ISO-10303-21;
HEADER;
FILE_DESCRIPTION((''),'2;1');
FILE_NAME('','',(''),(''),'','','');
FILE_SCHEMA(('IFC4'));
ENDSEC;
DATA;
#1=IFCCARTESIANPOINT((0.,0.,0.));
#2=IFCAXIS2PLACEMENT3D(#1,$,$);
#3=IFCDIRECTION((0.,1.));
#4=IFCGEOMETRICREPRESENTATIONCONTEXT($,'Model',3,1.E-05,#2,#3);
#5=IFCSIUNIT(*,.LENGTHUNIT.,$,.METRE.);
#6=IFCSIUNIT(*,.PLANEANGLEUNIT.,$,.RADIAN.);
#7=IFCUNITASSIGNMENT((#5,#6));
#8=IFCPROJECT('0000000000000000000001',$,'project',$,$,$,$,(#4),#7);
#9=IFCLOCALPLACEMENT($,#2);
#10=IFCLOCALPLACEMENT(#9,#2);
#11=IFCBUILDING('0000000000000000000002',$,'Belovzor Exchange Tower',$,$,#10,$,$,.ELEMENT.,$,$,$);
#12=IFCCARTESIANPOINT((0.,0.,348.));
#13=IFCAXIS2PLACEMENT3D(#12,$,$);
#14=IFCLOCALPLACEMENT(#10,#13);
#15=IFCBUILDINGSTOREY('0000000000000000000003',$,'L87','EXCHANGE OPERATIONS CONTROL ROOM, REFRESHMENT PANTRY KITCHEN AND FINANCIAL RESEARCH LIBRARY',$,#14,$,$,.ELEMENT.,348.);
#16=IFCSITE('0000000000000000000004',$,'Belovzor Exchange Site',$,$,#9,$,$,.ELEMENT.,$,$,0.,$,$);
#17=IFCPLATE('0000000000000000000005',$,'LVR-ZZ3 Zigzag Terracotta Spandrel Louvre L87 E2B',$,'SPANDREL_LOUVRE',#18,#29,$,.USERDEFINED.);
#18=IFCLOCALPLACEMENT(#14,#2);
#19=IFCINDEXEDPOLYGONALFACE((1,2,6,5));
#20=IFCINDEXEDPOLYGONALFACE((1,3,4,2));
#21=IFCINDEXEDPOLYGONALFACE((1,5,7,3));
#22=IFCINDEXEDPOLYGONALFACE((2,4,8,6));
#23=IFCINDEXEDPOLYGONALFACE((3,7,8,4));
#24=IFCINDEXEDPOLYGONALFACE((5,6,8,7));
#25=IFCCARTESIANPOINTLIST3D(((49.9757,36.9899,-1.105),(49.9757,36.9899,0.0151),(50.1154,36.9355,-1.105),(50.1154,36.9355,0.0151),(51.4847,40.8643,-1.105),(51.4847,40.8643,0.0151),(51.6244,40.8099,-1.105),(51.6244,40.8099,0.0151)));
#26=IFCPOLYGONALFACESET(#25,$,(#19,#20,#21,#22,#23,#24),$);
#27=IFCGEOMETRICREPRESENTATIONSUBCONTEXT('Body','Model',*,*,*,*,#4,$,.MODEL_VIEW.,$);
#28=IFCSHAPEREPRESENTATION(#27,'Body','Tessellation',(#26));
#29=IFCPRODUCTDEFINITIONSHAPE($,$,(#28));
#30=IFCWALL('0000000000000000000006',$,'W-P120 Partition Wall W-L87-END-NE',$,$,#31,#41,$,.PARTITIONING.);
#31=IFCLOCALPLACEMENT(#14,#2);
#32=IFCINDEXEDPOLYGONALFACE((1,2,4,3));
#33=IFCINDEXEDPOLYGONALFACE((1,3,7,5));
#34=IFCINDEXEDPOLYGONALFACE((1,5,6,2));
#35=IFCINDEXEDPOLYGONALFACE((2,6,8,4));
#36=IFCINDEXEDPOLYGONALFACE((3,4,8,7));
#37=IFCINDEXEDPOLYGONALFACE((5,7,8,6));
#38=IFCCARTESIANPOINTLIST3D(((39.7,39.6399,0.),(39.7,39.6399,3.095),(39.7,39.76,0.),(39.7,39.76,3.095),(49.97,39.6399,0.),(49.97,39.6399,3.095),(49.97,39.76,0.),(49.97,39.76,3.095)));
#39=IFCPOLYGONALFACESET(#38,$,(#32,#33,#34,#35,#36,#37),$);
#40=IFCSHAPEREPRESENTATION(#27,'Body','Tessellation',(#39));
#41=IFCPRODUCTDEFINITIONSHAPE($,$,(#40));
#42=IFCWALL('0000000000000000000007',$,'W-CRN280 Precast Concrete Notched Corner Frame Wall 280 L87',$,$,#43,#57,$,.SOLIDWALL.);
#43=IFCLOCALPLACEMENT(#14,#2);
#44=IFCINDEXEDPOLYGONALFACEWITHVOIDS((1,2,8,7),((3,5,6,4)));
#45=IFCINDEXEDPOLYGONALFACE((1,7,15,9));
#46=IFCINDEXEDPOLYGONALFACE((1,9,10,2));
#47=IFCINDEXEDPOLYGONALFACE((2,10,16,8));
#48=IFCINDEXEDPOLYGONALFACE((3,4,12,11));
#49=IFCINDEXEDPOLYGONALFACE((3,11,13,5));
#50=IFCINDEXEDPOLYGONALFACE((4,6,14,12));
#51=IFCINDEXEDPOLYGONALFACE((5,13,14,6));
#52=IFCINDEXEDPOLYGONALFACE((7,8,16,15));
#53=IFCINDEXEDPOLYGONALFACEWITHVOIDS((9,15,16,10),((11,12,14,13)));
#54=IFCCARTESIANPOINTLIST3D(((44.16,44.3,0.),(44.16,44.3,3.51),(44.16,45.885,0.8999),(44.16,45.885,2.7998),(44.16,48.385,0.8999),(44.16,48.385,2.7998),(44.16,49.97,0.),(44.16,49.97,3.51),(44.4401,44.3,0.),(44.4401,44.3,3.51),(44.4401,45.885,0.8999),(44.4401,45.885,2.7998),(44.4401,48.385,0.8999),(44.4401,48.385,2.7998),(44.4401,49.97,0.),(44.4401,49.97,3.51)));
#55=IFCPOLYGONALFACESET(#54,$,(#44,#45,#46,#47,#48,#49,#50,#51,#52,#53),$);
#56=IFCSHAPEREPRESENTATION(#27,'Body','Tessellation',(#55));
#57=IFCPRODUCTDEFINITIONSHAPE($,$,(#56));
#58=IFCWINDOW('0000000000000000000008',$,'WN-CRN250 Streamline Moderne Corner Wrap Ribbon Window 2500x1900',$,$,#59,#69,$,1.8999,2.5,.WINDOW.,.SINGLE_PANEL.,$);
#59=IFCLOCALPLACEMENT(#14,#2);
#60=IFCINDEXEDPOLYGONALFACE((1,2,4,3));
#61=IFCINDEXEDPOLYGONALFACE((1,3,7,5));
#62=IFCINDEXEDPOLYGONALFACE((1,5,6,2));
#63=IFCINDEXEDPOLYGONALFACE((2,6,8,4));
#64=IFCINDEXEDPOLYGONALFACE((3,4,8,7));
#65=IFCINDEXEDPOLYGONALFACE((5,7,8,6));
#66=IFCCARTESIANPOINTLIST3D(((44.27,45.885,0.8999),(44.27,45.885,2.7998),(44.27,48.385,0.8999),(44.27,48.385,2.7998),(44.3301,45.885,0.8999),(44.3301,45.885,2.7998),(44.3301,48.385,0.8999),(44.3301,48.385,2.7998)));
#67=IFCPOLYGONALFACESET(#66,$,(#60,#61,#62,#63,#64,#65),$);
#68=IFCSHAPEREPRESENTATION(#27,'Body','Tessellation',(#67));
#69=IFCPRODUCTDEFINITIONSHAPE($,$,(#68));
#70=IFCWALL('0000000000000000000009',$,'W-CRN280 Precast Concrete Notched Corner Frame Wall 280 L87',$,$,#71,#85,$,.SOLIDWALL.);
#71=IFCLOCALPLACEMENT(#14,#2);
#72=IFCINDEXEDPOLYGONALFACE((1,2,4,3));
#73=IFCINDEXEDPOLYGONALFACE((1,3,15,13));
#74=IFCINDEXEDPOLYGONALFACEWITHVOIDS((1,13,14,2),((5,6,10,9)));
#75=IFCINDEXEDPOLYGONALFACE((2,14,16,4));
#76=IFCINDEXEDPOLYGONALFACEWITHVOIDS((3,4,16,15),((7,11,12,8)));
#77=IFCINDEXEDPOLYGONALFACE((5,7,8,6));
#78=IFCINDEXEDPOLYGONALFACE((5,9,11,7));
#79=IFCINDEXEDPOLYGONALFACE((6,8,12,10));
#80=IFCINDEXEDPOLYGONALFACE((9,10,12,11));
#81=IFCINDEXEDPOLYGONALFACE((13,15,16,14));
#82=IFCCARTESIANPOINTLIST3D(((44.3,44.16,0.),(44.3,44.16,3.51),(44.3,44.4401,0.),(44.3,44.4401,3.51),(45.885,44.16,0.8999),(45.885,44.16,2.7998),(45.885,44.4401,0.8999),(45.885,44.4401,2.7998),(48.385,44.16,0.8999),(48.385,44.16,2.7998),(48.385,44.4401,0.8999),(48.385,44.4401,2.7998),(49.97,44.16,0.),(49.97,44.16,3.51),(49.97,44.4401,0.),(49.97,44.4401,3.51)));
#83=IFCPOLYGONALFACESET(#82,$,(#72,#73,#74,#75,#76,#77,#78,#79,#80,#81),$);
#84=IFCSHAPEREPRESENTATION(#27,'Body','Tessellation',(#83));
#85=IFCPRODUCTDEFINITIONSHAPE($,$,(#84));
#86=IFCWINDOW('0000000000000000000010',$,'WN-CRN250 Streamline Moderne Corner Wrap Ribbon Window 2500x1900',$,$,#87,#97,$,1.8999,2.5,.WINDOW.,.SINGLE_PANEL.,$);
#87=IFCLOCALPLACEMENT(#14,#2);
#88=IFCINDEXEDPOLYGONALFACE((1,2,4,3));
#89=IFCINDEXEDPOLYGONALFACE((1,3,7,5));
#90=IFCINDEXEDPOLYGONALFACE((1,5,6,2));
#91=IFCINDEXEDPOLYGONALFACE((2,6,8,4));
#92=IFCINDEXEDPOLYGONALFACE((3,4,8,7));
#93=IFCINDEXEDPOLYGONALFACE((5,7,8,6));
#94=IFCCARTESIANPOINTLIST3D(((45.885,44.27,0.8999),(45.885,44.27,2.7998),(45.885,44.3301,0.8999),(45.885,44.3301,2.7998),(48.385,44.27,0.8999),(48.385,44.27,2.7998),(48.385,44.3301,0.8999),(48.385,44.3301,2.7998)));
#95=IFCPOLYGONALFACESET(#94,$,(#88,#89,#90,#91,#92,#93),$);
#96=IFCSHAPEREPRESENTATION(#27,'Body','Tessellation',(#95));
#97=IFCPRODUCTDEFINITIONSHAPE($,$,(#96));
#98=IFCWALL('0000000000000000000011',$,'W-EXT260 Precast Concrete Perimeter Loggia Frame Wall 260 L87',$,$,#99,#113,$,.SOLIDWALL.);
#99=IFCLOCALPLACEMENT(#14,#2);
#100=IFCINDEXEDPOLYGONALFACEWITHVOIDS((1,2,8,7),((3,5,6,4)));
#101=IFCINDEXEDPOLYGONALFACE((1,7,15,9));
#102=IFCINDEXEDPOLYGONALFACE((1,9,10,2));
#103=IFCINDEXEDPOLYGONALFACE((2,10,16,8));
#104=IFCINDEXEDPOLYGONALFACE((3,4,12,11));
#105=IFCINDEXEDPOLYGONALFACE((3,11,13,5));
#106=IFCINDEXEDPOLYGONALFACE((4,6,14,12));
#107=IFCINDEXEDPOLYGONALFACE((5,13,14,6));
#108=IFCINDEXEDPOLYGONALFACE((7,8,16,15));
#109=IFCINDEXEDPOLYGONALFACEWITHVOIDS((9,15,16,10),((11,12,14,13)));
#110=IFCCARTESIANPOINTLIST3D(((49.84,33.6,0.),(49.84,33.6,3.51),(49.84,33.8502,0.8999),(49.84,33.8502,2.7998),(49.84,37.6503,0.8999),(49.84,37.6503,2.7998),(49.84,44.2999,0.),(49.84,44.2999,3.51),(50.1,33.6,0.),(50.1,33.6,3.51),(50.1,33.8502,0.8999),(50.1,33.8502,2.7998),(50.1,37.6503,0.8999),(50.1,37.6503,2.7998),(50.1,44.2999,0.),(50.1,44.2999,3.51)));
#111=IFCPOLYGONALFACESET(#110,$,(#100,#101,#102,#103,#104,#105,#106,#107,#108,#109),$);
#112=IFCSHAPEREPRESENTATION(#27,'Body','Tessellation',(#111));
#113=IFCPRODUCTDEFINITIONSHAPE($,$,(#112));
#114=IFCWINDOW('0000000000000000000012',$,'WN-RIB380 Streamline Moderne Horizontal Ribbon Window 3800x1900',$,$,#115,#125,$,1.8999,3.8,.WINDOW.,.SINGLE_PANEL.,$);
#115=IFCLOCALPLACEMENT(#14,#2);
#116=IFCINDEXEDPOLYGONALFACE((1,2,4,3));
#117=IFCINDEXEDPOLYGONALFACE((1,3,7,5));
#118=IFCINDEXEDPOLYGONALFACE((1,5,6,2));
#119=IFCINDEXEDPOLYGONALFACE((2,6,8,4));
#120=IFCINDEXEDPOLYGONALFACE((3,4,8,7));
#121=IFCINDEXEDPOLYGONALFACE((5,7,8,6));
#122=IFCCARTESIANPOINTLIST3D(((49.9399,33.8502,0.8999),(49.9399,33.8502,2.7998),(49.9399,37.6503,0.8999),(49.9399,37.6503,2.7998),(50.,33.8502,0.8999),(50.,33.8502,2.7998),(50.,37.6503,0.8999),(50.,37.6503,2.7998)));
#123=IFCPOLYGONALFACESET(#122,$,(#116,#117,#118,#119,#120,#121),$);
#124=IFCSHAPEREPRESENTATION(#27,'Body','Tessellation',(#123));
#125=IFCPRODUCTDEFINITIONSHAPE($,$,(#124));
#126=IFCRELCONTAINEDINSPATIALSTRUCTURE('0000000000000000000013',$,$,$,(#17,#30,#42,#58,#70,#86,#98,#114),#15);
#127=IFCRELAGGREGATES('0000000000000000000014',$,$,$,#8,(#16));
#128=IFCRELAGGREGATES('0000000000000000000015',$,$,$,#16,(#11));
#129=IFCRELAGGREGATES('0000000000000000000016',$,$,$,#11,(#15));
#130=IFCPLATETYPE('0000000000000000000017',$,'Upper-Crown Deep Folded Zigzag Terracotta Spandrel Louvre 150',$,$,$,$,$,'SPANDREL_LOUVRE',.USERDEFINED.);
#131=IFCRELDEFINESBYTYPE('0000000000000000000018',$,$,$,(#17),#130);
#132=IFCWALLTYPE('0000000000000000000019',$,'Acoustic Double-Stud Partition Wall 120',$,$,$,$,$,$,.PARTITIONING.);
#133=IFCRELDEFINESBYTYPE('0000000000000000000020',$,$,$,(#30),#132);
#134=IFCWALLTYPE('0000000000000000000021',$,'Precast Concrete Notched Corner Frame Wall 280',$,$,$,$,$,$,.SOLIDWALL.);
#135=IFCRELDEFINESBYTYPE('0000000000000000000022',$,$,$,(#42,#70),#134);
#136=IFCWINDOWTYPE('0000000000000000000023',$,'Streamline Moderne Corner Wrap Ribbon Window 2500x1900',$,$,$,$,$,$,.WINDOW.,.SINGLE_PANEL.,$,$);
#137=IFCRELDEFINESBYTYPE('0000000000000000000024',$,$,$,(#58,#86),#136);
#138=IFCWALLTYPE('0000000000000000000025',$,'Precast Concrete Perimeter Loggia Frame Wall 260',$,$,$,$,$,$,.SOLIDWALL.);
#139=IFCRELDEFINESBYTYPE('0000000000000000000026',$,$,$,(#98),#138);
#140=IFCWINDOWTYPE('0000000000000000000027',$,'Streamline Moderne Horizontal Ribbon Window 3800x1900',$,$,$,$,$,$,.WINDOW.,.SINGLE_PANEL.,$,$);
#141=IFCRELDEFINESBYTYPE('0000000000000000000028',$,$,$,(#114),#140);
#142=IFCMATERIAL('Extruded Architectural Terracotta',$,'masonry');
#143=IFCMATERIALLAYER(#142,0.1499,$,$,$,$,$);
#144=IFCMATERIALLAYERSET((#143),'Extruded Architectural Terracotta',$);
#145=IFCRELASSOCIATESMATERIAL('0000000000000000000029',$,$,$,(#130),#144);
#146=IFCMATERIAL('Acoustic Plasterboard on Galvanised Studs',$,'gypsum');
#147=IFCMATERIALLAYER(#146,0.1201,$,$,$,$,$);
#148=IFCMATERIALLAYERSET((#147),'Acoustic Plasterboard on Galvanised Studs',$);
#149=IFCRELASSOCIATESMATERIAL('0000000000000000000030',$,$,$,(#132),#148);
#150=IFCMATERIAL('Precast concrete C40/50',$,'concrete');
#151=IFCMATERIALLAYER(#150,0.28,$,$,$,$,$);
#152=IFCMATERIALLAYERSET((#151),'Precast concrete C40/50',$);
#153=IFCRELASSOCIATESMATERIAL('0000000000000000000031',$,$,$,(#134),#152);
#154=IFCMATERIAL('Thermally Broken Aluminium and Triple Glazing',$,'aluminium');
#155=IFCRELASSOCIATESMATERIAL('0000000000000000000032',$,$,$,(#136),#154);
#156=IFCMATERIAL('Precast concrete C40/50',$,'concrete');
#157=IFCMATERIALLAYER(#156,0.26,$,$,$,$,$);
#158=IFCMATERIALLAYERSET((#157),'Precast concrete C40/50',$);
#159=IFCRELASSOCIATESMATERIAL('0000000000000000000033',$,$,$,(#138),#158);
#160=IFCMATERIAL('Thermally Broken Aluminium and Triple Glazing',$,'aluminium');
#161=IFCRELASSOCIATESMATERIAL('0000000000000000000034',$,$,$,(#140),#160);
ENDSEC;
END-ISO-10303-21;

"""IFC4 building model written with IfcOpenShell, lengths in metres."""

from ifc_helpers import new_model, si_unit, direction, frame, frame_2d, origin, origin_2d, place, context, subcontext, project, spatial, rectangle, extrude, material, layer, layer_set, type_object, element, fill, save


model = new_model("IFC4")

# Units and contexts
model_context = context("Model", 3, precision=1e-05, world=origin(), true_north=direction((0.0, 1.0)))
body_context = subcontext(model_context, "Body", "Model", "MODEL_VIEW")
ifc_project = project(units=[si_unit("LENGTHUNIT", "METRE"), si_unit("PLANEANGLEUNIT", "RADIAN")], contexts=[model_context])

# Site, building, storey
site_placement = place(None, origin())
site = spatial("IfcSite", under=ifc_project, at=site_placement, Name="Belovzor Exchange Site", CompositionType="ELEMENT", RefElevation=0.0)
building_placement = place(site_placement, origin())
building = spatial("IfcBuilding", under=site, at=building_placement, Name="Belovzor Exchange Tower", CompositionType="ELEMENT")
storey_placement = place(building_placement, frame((0.0, 0.0, 348.0)))
storey = spatial("IfcBuildingStorey", under=building, at=storey_placement, Name="L87", Description="EXCHANGE OPERATIONS CONTROL ROOM, REFRESHMENT PANTRY KITCHEN AND FINANCIAL RESEARCH LIBRARY", CompositionType="ELEMENT", Elevation=348.0)

# Plate
ifc_material_1 = material(Name="Extruded Architectural Terracotta", Category="masonry")
ifc_layer_1 = layer(ifc_material_1, 0.1499)
ifc_layer_set_1 = layer_set([ifc_layer_1], Name="Extruded Architectural Terracotta")
plate_type = type_object("IfcPlateType", Name="Upper-Crown Deep Folded Zigzag Terracotta Spandrel Louvre 150", ElementType="SPANDREL_LOUVRE", PredefinedType="USERDEFINED", material=ifc_layer_set_1)
plate_placement = place(storey_placement, frame((50.8, 38.8999, -1.105), z_axis=(0.0, 0.0, 1.0), x_axis=(0.362926, 0.931818, 0.0)))
element("IfcPlate", 1, at=plate_placement, inside=storey, type_object=plate_type, Name="LVR-ZZ3 Zigzag Terracotta Spandrel Louvre L87 E2B", ObjectType="SPANDREL_LOUVRE", PredefinedType="USERDEFINED", context=body_context, shape_type="SweptSolid", body=[
    extrude(rectangle(XDim=4.158, YDim=0.1499, at=origin_2d()), origin(), (0.0, 0.0, 1.0), 1.1201),
])

# Wall
ifc_material_2 = material(Name="Acoustic Plasterboard on Galvanised Studs", Category="gypsum")
ifc_layer_2 = layer(ifc_material_2, 0.1201)
ifc_layer_set_2 = layer_set([ifc_layer_2], Name="Acoustic Plasterboard on Galvanised Studs")
wall_type_1 = type_object("IfcWallType", Name="Acoustic Double-Stud Partition Wall 120", PredefinedType="PARTITIONING", material=ifc_layer_set_2)
wall_1_placement = place(storey_placement, frame((39.7, 39.7, 0.0), z_axis=(0.0, 0.0, 1.0), x_axis=(1.0, 0.0, 0.0)))
element("IfcWall", 2, at=wall_1_placement, inside=storey, type_object=wall_type_1, Name="W-P120 Partition Wall W-L87-END-NE", PredefinedType="PARTITIONING", context=body_context, shape_type="SweptSolid", body=[
    extrude(rectangle(XDim=10.27, YDim=0.1201, at=frame_2d((5.135, 0.0))), origin(), (0.0, 0.0, 1.0), 3.095),
])

# Walls, openings, windows
ifc_material_3 = material(Name="Precast concrete C40/50", Category="concrete")
ifc_layer_3 = layer(ifc_material_3, 0.28)
ifc_layer_set_3 = layer_set([ifc_layer_3], Name="Precast concrete C40/50")
wall_type_2 = type_object("IfcWallType", Name="Precast Concrete Notched Corner Frame Wall 280", PredefinedType="SOLIDWALL", material=ifc_layer_set_3)
wall_2_placement = place(storey_placement, frame((44.3, 49.97, 0.0), z_axis=(0.0, 0.0, 1.0), x_axis=(0.0, -1.0, 0.0)))
wall_2 = element("IfcWall", 3, at=wall_2_placement, inside=storey, type_object=wall_type_2, Name="W-CRN280 Precast Concrete Notched Corner Frame Wall 280 L87", PredefinedType="SOLIDWALL", context=body_context, shape_type="SweptSolid", body=[
    extrude(rectangle(XDim=5.6699, YDim=0.28, at=frame_2d((2.835, 0.0))), origin(), (0.0, 0.0, 1.0), 3.51),
])
opening_1_placement = place(wall_2_placement, frame((1.585, 0.0, 0.8999)))
opening_1 = element("IfcOpeningElement", 4, at=opening_1_placement, cuts=wall_2, PredefinedType="OPENING", context=body_context, shape_type="SweptSolid", body=[
    extrude(rectangle(XDim=2.5, YDim=1.8999, at=frame_2d((1.25, 0.95))), frame((0.0, 0.1499, 0.0), z_axis=(0.0, -1.0, 0.0), x_axis=(1.0, 0.0, 0.0)), (0.0, 0.0, 1.0), 0.3),
])
ifc_material_4 = material(Name="Thermally Broken Aluminium and Triple Glazing", Category="aluminium")
window_type_1 = type_object("IfcWindowType", Name="Streamline Moderne Corner Wrap Ribbon Window 2500x1900", PartitioningType="SINGLE_PANEL", PredefinedType="WINDOW", material=ifc_material_4)
window_1_placement = place(opening_1_placement, origin())
window_1 = element("IfcWindow", 5, at=window_1_placement, inside=storey, type_object=window_type_1, Name="WN-CRN250 Streamline Moderne Corner Wrap Ribbon Window 2500x1900", OverallHeight=1.8999, OverallWidth=2.5, PartitioningType="SINGLE_PANEL", PredefinedType="WINDOW", context=body_context, shape_type="SweptSolid", body=[
    extrude(rectangle(XDim=2.5, YDim=1.8999, at=frame_2d((1.25, 0.95))), frame((0.0, 0.03, 0.0), z_axis=(0.0, -1.0, 0.0), x_axis=(1.0, 0.0, 0.0)), (0.0, 0.0, 1.0), 0.0601),
])
fill(opening_1, window_1)
wall_3_placement = place(storey_placement, frame((44.3, 44.3, 0.0), z_axis=(0.0, 0.0, 1.0), x_axis=(1.0, 0.0, 0.0)))
wall_3 = element("IfcWall", 6, at=wall_3_placement, inside=storey, type_object=wall_type_2, Name="W-CRN280 Precast Concrete Notched Corner Frame Wall 280 L87", PredefinedType="SOLIDWALL", context=body_context, shape_type="SweptSolid", body=[
    extrude(rectangle(XDim=5.6699, YDim=0.28, at=frame_2d((2.835, 0.0))), origin(), (0.0, 0.0, 1.0), 3.51),
])
opening_2_placement = place(wall_3_placement, frame((1.585, 0.0, 0.8999)))
opening_2 = element("IfcOpeningElement", 7, at=opening_2_placement, cuts=wall_3, PredefinedType="OPENING", context=body_context, shape_type="SweptSolid", body=[
    extrude(rectangle(XDim=2.5, YDim=1.8999, at=frame_2d((1.25, 0.95))), frame((0.0, 0.1499, 0.0), z_axis=(0.0, -1.0, 0.0), x_axis=(1.0, 0.0, 0.0)), (0.0, 0.0, 1.0), 0.3),
])
window_2_placement = place(opening_2_placement, origin())
window_2 = element("IfcWindow", 8, at=window_2_placement, inside=storey, type_object=window_type_1, Name="WN-CRN250 Streamline Moderne Corner Wrap Ribbon Window 2500x1900", OverallHeight=1.8999, OverallWidth=2.5, PartitioningType="SINGLE_PANEL", PredefinedType="WINDOW", context=body_context, shape_type="SweptSolid", body=[
    extrude(rectangle(XDim=2.5, YDim=1.8999, at=frame_2d((1.25, 0.95))), frame((0.0, 0.03, 0.0), z_axis=(0.0, -1.0, 0.0), x_axis=(1.0, 0.0, 0.0)), (0.0, 0.0, 1.0), 0.0601),
])
fill(opening_2, window_2)
ifc_material_5 = material(Name="Precast concrete C40/50", Category="concrete")
ifc_layer_4 = layer(ifc_material_5, 0.26)
ifc_layer_set_4 = layer_set([ifc_layer_4], Name="Precast concrete C40/50")
wall_type_3 = type_object("IfcWallType", Name="Precast Concrete Perimeter Loggia Frame Wall 260", PredefinedType="SOLIDWALL", material=ifc_layer_set_4)
wall_4_placement = place(storey_placement, frame((49.97, 44.3, 0.0), z_axis=(0.0, 0.0, 1.0), x_axis=(0.0, -1.0, 0.0)))
wall_4 = element("IfcWall", 9, at=wall_4_placement, inside=storey, type_object=wall_type_3, Name="W-EXT260 Precast Concrete Perimeter Loggia Frame Wall 260 L87", PredefinedType="SOLIDWALL", context=body_context, shape_type="SweptSolid", body=[
    extrude(rectangle(XDim=10.7, YDim=0.26, at=frame_2d((5.3501, 0.0))), origin(), (0.0, 0.0, 1.0), 3.51),
])
opening_3_placement = place(wall_4_placement, frame((6.6499, 0.0, 0.8999)))
opening_3 = element("IfcOpeningElement", 10, at=opening_3_placement, cuts=wall_4, PredefinedType="OPENING", context=body_context, shape_type="SweptSolid", body=[
    extrude(rectangle(XDim=3.8, YDim=1.8999, at=frame_2d((1.8999, 0.95))), frame((0.0, 0.1399, 0.0), z_axis=(0.0, -1.0, 0.0), x_axis=(1.0, 0.0, 0.0)), (0.0, 0.0, 1.0), 0.28),
])
ifc_material_6 = material(Name="Thermally Broken Aluminium and Triple Glazing", Category="aluminium")
window_type_2 = type_object("IfcWindowType", Name="Streamline Moderne Horizontal Ribbon Window 3800x1900", PartitioningType="SINGLE_PANEL", PredefinedType="WINDOW", material=ifc_material_6)
window_3_placement = place(opening_3_placement, origin())
window_3 = element("IfcWindow", 11, at=window_3_placement, inside=storey, type_object=window_type_2, Name="WN-RIB380 Streamline Moderne Horizontal Ribbon Window 3800x1900", OverallHeight=1.8999, OverallWidth=3.8, PartitioningType="SINGLE_PANEL", PredefinedType="WINDOW", context=body_context, shape_type="SweptSolid", body=[
    extrude(rectangle(XDim=3.8, YDim=1.8999, at=frame_2d((1.8999, 0.95))), frame((0.0, 0.03, 0.0), z_axis=(0.0, -1.0, 0.0), x_axis=(1.0, 0.0, 0.0)), (0.0, 0.0, 1.0), 0.0601),
])
fill(opening_3, window_3)

save(model, "model.ifc")
